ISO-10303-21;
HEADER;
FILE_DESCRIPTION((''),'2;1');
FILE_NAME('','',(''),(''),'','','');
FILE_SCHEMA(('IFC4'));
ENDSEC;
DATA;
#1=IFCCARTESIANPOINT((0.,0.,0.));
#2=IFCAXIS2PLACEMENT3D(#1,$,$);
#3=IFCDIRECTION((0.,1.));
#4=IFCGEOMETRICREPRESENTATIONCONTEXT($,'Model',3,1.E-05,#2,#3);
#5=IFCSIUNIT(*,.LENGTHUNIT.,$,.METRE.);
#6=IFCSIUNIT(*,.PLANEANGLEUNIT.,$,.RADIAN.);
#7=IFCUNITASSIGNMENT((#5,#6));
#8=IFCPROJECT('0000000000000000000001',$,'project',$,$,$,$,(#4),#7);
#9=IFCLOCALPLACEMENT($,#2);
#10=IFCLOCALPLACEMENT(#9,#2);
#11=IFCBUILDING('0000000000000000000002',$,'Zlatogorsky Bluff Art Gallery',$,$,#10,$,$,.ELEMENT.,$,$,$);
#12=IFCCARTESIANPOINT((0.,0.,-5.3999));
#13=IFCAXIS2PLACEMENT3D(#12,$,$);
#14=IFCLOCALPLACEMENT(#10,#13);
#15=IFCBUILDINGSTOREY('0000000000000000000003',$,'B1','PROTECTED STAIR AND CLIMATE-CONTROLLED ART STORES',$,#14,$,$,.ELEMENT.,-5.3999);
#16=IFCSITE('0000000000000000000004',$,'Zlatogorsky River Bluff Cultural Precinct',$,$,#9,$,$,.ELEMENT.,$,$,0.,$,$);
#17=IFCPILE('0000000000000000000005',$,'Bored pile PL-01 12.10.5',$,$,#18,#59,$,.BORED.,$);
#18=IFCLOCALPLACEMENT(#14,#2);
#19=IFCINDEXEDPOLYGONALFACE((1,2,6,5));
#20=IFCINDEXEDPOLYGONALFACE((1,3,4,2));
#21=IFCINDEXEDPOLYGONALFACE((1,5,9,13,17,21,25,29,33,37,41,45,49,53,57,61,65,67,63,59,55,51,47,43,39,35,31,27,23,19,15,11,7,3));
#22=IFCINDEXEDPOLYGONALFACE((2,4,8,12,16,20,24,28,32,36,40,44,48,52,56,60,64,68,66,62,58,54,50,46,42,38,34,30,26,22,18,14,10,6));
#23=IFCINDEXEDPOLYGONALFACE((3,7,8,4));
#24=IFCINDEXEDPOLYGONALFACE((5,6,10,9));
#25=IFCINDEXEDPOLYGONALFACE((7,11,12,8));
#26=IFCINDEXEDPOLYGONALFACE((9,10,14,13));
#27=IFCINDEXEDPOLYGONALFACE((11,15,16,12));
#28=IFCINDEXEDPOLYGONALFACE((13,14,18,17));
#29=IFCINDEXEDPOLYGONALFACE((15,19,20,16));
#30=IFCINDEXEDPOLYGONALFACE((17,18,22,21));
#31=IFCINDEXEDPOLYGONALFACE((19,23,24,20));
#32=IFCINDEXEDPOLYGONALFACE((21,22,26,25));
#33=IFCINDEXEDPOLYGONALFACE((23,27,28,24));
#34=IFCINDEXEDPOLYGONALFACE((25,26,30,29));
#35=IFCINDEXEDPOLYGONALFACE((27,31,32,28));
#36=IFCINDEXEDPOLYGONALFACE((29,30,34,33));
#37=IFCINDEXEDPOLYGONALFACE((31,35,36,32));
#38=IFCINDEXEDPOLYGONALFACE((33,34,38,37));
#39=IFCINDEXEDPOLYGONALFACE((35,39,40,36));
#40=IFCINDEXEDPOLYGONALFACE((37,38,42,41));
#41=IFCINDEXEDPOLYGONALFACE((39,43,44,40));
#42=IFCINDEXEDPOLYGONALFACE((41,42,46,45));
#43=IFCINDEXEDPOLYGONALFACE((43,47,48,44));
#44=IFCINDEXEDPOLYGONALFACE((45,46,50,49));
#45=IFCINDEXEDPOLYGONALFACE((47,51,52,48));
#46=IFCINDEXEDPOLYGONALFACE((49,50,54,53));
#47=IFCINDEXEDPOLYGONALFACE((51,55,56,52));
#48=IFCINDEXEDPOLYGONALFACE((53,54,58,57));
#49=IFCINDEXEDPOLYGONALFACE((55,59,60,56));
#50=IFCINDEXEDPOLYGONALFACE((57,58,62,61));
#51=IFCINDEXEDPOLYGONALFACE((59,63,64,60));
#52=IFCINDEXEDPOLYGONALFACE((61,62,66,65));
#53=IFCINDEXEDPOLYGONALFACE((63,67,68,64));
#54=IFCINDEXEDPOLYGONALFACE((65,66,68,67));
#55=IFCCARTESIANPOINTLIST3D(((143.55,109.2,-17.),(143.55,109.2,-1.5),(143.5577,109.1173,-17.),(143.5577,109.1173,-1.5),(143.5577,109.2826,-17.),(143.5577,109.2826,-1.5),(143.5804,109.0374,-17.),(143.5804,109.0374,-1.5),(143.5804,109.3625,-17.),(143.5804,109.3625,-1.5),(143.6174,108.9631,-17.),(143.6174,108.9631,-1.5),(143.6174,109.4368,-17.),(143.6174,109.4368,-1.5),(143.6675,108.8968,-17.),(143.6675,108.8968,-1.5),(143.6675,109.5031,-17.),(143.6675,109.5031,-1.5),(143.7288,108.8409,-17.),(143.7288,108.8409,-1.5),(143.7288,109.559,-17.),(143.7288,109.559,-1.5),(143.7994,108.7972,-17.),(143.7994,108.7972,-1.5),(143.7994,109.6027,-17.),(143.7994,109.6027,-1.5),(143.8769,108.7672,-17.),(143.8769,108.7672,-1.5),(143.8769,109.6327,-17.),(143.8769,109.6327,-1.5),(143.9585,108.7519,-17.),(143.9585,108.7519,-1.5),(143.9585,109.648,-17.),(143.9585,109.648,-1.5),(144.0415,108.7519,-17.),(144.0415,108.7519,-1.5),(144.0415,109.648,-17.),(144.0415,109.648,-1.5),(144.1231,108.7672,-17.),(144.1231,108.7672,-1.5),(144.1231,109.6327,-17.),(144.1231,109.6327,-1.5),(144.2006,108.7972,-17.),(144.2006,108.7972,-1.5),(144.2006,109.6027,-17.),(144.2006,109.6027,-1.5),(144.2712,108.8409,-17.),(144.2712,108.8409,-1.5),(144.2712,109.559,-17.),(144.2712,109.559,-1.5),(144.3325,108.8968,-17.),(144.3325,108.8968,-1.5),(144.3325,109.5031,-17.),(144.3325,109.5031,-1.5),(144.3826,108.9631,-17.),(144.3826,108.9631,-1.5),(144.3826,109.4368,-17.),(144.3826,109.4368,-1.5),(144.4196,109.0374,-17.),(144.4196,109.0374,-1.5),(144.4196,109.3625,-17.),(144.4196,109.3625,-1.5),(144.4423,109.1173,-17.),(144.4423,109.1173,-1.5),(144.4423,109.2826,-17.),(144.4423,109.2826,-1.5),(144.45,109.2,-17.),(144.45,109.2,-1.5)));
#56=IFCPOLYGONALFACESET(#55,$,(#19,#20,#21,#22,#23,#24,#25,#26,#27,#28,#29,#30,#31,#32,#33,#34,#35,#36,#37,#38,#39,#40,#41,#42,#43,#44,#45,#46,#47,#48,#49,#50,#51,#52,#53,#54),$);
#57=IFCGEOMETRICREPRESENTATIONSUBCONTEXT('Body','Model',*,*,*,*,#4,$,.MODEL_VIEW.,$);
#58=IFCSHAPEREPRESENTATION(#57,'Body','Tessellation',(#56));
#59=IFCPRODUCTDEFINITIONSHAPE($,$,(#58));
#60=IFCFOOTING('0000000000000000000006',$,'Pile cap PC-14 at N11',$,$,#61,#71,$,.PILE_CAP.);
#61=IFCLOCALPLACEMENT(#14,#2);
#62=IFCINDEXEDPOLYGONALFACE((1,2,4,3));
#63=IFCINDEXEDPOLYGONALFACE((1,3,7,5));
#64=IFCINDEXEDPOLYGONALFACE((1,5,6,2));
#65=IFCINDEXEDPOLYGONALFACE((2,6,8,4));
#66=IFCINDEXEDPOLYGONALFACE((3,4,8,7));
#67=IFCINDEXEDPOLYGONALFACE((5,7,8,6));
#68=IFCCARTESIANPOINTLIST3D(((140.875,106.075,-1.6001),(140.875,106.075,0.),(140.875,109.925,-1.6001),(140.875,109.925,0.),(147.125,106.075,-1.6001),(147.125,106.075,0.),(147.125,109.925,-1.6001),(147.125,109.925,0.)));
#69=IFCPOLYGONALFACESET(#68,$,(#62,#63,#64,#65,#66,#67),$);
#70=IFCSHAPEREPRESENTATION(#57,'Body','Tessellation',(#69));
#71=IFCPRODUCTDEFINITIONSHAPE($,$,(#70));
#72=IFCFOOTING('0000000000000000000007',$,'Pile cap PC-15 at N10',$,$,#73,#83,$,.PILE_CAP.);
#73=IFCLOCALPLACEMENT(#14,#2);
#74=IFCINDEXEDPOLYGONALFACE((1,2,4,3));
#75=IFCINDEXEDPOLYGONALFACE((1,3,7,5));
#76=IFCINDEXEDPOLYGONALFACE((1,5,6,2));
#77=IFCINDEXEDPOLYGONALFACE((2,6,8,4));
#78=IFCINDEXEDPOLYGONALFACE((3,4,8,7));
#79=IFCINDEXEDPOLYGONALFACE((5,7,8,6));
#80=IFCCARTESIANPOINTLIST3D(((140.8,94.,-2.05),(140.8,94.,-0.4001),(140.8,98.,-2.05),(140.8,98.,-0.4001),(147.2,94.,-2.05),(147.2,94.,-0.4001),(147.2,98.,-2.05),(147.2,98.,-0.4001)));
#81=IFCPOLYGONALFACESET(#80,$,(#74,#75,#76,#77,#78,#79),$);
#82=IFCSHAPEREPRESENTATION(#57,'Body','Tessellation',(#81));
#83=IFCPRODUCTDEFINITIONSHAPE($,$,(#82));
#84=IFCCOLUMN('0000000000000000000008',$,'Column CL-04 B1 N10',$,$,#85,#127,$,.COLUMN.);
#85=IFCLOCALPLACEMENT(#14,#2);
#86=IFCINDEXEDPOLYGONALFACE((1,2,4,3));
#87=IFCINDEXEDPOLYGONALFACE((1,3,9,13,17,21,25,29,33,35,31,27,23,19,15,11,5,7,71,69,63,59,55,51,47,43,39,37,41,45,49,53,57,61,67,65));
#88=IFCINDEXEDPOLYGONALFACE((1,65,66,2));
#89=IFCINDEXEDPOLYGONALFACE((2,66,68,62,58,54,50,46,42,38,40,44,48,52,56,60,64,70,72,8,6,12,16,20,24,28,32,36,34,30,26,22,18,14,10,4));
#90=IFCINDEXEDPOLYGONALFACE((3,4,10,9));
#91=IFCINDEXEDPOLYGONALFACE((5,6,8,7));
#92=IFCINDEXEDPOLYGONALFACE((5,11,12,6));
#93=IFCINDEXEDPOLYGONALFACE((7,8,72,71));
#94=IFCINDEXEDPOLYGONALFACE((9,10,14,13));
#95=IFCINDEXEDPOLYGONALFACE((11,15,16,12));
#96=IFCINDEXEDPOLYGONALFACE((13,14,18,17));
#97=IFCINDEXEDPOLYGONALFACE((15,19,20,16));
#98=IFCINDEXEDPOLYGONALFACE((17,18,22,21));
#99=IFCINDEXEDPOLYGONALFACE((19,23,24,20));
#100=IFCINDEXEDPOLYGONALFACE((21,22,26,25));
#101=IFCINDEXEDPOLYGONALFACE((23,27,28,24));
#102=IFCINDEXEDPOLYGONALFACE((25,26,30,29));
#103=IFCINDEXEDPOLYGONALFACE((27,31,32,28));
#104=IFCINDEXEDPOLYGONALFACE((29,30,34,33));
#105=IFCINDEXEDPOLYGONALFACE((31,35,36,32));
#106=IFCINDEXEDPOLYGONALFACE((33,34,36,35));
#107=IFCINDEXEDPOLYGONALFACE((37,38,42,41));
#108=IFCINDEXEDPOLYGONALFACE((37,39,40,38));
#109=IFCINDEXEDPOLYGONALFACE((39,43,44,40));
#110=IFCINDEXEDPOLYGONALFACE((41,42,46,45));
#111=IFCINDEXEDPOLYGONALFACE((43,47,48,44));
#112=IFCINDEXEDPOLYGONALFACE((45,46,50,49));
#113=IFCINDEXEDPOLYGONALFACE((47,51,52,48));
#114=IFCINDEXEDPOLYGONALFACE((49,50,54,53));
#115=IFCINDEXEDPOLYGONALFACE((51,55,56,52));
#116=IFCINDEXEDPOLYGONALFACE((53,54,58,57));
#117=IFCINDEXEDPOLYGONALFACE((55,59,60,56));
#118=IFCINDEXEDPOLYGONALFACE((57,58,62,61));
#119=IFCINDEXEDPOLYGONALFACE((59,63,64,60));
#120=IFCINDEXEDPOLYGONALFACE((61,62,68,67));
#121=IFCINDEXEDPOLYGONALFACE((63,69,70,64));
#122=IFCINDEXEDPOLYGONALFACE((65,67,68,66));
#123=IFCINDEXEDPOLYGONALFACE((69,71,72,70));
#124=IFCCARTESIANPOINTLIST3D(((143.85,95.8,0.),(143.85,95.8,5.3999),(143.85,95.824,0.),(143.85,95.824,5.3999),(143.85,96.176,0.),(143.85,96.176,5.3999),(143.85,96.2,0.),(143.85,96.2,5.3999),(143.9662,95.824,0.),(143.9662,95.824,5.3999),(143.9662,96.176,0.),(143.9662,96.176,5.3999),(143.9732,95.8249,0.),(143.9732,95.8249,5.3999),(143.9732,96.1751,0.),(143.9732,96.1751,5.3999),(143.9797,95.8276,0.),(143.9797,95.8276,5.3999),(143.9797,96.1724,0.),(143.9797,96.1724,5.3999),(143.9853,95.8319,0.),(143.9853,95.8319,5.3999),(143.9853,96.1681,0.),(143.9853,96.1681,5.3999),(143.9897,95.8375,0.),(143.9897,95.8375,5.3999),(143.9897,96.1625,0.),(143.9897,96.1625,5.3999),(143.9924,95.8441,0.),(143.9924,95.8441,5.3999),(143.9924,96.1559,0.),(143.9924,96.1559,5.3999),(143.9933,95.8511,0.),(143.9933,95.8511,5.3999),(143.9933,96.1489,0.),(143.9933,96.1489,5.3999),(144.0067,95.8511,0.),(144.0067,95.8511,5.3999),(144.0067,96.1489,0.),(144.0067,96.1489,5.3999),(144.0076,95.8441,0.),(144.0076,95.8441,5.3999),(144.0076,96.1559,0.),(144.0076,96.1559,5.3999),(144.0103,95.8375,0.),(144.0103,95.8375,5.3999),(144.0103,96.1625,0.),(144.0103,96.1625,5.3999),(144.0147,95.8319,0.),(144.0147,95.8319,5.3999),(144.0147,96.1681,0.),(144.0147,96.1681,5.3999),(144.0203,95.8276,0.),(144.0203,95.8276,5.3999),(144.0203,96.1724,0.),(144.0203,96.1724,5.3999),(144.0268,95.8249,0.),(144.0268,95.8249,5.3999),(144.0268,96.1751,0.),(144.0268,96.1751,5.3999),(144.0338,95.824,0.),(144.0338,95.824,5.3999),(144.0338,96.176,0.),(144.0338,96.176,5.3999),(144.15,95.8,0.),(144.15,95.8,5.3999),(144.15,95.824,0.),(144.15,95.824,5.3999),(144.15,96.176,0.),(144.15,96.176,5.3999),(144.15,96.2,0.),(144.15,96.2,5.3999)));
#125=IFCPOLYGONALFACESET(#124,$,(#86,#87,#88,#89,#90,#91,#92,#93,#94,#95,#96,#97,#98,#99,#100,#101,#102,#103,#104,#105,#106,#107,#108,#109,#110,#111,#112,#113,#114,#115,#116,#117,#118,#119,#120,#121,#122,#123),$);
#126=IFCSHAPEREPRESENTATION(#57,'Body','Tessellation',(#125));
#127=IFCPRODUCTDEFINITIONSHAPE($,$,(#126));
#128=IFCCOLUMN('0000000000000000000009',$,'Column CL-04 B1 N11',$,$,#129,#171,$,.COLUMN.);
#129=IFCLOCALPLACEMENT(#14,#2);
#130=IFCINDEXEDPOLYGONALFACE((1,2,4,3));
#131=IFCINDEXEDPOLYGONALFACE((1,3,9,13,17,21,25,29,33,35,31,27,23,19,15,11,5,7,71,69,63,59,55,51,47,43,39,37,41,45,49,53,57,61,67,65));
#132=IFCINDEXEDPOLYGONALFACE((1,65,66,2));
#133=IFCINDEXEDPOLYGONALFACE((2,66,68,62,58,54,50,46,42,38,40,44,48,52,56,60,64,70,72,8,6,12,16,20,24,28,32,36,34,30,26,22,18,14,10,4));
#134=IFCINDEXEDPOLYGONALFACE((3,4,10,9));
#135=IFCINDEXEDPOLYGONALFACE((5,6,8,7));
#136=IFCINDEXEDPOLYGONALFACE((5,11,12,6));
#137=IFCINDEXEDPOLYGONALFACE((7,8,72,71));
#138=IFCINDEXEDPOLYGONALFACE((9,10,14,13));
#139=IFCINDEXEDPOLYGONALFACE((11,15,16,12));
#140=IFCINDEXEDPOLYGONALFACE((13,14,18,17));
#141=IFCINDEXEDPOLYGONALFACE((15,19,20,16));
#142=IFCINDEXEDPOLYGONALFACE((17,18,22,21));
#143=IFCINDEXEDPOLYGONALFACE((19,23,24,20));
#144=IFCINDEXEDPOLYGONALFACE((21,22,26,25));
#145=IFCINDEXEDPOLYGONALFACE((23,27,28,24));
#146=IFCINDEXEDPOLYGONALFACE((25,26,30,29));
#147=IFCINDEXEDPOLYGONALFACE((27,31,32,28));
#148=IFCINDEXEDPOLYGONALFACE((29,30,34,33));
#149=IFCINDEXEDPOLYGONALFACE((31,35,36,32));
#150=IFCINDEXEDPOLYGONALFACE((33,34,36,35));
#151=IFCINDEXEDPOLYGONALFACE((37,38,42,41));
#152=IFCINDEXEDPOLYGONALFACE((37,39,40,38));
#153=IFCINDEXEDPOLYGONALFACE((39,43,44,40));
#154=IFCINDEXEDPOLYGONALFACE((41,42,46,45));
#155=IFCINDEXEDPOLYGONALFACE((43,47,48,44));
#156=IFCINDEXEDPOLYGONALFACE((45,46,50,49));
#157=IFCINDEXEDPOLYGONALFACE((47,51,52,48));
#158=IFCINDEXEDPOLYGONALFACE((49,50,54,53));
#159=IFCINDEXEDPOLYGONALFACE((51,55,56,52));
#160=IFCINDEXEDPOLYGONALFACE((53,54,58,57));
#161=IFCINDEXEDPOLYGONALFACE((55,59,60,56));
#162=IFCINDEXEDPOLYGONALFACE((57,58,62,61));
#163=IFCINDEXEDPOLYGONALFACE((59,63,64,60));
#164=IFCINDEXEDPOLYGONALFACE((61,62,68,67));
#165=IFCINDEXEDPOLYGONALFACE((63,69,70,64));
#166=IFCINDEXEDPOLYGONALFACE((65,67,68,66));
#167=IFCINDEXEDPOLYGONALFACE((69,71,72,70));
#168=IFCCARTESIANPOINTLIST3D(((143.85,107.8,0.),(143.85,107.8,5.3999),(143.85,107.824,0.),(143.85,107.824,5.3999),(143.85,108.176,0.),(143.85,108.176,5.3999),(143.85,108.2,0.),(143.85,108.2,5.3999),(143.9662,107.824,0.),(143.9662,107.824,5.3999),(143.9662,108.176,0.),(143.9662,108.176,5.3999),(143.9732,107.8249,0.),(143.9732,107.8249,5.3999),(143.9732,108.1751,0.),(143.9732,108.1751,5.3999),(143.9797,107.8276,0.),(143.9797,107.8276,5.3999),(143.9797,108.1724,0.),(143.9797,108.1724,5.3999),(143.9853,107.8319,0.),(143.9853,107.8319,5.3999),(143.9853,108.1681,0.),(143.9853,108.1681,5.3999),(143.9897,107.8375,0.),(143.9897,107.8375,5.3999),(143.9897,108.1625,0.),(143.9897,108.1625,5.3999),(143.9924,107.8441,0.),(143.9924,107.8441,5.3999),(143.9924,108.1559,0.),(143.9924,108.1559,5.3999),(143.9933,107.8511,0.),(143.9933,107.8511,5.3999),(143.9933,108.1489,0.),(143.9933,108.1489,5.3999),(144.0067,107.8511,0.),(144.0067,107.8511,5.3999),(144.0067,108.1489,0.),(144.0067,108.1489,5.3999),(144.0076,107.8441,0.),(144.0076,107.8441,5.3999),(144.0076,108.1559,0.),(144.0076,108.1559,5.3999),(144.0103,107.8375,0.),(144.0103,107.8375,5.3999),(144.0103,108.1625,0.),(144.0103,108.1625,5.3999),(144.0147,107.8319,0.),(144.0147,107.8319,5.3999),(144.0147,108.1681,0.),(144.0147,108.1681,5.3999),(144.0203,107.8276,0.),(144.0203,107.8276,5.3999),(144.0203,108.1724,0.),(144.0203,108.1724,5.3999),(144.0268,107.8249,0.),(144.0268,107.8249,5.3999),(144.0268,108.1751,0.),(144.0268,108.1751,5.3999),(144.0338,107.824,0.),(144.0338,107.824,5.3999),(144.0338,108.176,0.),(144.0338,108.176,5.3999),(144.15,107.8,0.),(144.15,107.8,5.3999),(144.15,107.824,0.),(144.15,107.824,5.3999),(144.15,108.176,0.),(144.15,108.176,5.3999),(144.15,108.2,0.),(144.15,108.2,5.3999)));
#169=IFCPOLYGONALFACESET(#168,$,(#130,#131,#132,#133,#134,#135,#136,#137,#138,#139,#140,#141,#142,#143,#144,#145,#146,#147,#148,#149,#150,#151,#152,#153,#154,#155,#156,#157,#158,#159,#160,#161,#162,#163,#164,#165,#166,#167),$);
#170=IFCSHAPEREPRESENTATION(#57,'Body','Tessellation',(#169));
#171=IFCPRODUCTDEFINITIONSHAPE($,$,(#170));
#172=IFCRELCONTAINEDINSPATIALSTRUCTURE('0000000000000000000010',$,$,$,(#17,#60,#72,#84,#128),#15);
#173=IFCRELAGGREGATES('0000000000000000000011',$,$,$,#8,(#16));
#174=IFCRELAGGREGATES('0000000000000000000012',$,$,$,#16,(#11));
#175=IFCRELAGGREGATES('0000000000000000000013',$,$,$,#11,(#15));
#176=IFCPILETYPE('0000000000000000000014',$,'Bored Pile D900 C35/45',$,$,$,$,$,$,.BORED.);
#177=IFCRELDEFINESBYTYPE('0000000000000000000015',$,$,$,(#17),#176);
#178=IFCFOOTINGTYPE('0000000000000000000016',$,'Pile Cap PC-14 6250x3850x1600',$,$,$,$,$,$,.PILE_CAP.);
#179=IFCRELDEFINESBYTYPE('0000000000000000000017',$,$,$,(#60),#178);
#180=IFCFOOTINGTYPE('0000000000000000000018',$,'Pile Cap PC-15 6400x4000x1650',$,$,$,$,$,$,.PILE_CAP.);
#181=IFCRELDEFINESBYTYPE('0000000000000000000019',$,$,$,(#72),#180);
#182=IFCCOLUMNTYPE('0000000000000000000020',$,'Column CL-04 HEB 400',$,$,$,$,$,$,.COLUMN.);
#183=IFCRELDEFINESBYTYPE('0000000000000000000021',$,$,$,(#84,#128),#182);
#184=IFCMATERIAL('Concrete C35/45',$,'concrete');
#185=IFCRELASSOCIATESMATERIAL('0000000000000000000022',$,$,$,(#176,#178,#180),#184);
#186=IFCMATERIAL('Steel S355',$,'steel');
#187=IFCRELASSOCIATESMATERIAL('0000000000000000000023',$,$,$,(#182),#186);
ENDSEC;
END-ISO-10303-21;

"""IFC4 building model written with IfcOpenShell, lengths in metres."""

from ifc_helpers import new_model, si_unit, direction, frame, origin, origin_2d, place, context, subcontext, project, spatial, rectangle, circle, i_section, extrude, material, material_profile, profile_set, type_object, element, save


model = new_model("IFC4")

# Units and contexts
model_context = context("Model", 3, precision=1e-05, world=origin(), true_north=direction((0.0, 1.0)))
body_context = subcontext(model_context, "Body", "Model", "MODEL_VIEW")
ifc_project = project(units=[si_unit("LENGTHUNIT", "METRE"), si_unit("PLANEANGLEUNIT", "RADIAN")], contexts=[model_context])

# Site, building, storey
site_placement = place(None, origin())
site = spatial("IfcSite", under=ifc_project, at=site_placement, Name="Zlatogorsky River Bluff Cultural Precinct", CompositionType="ELEMENT", RefElevation=0.0)
building_placement = place(site_placement, origin())
building = spatial("IfcBuilding", under=site, at=building_placement, Name="Zlatogorsky Bluff Art Gallery", CompositionType="ELEMENT")
storey_placement = place(building_placement, frame((0.0, 0.0, -5.3999)))
storey = spatial("IfcBuildingStorey", under=building, at=storey_placement, Name="B1", Description="PROTECTED STAIR AND CLIMATE-CONTROLLED ART STORES", CompositionType="ELEMENT", Elevation=-5.3999)

# Pile
ifc_material_1 = material(Name="Concrete C35/45", Category="concrete")
ifc_material_profile_1 = material_profile(ifc_material_1, circle(Radius=0.45, at=origin_2d()), Name="BORED PILE D900")
ifc_profile_set_1 = profile_set([ifc_material_profile_1], Name="Concrete C35/45")
pile_type = type_object("IfcPileType", Name="Bored Pile D900 C35/45", PredefinedType="BORED", material=ifc_profile_set_1)
for number, where, z_axis, x_axis, name in (
    (1, (144.0, 109.2, -1.5), (0.0, 0.0, -1.0), (1.0, 0.0, 0.0), "Bored pile PL-01 12.10.5"),
):
    element("IfcPile", number, at=place(storey_placement, frame(where, z_axis=z_axis, x_axis=x_axis)), inside=storey, type_object=pile_type, Name=name, PredefinedType="BORED", context=body_context, shape_type="SweptSolid", body=[
        extrude(circle(Radius=0.45, at=origin_2d()), origin(), (0.0, 0.0, 1.0), 15.5),
    ])

# Footings
footing_type_1 = type_object("IfcFootingType", Name="Pile Cap PC-14 6250x3850x1600", PredefinedType="PILE_CAP", material=ifc_material_1)
footing_1_placement = place(storey_placement, frame((144.0, 108.0, -1.6001), z_axis=(0.0, 0.0, 1.0), x_axis=(1.0, 0.0, 0.0)))
element("IfcFooting", 2, at=footing_1_placement, inside=storey, type_object=footing_type_1, Name="Pile cap PC-14 at N11", PredefinedType="PILE_CAP", context=body_context, shape_type="SweptSolid", body=[
    extrude(rectangle(XDim=6.25, YDim=3.8501, at=origin_2d()), origin(), (0.0, 0.0, 1.0), 1.6001),
])
footing_type_2 = type_object("IfcFootingType", Name="Pile Cap PC-15 6400x4000x1650", PredefinedType="PILE_CAP", material=ifc_material_1)
footing_2_placement = place(storey_placement, frame((144.0, 96.0, -2.05), z_axis=(0.0, 0.0, 1.0), x_axis=(1.0, 0.0, 0.0)))
element("IfcFooting", 3, at=footing_2_placement, inside=storey, type_object=footing_type_2, Name="Pile cap PC-15 at N10", PredefinedType="PILE_CAP", context=body_context, shape_type="SweptSolid", body=[
    extrude(rectangle(XDim=6.3999, YDim=4.0, at=origin_2d()), origin(), (0.0, 0.0, 1.0), 1.6499),
])

# Columns
ifc_material_2 = material(Name="Steel S355", Category="steel")
ifc_material_profile_2 = material_profile(ifc_material_2, i_section(OverallWidth=0.3, OverallDepth=0.3999, WebThickness=0.0134, FlangeThickness=0.0239, FilletRadius=0.0271, at=origin_2d()), Name="HEB 400")
ifc_profile_set_2 = profile_set([ifc_material_profile_2], Name="Steel S355")
column_type = type_object("IfcColumnType", Name="Column CL-04 HEB 400", PredefinedType="COLUMN", material=ifc_profile_set_2)
for number, where, z_axis, x_axis, name in (
    (4, (144.0, 96.0, 0.0), (0.0, 0.0, 1.0), (1.0, 0.0, 0.0), "Column CL-04 B1 N10"),
    (5, (144.0, 108.0, 0.0), (0.0, 0.0, 1.0), (1.0, 0.0, 0.0), "Column CL-04 B1 N11"),
):
    element("IfcColumn", number, at=place(storey_placement, frame(where, z_axis=z_axis, x_axis=x_axis)), inside=storey, type_object=column_type, Name=name, PredefinedType="COLUMN", context=body_context, shape_type="SweptSolid", body=[
        extrude(i_section(OverallWidth=0.3, OverallDepth=0.3999, WebThickness=0.0134, FlangeThickness=0.0239, FilletRadius=0.0271, at=origin_2d()), origin(), (0.0, 0.0, 1.0), 5.3999),
    ])

save(model, "model.ifc")
